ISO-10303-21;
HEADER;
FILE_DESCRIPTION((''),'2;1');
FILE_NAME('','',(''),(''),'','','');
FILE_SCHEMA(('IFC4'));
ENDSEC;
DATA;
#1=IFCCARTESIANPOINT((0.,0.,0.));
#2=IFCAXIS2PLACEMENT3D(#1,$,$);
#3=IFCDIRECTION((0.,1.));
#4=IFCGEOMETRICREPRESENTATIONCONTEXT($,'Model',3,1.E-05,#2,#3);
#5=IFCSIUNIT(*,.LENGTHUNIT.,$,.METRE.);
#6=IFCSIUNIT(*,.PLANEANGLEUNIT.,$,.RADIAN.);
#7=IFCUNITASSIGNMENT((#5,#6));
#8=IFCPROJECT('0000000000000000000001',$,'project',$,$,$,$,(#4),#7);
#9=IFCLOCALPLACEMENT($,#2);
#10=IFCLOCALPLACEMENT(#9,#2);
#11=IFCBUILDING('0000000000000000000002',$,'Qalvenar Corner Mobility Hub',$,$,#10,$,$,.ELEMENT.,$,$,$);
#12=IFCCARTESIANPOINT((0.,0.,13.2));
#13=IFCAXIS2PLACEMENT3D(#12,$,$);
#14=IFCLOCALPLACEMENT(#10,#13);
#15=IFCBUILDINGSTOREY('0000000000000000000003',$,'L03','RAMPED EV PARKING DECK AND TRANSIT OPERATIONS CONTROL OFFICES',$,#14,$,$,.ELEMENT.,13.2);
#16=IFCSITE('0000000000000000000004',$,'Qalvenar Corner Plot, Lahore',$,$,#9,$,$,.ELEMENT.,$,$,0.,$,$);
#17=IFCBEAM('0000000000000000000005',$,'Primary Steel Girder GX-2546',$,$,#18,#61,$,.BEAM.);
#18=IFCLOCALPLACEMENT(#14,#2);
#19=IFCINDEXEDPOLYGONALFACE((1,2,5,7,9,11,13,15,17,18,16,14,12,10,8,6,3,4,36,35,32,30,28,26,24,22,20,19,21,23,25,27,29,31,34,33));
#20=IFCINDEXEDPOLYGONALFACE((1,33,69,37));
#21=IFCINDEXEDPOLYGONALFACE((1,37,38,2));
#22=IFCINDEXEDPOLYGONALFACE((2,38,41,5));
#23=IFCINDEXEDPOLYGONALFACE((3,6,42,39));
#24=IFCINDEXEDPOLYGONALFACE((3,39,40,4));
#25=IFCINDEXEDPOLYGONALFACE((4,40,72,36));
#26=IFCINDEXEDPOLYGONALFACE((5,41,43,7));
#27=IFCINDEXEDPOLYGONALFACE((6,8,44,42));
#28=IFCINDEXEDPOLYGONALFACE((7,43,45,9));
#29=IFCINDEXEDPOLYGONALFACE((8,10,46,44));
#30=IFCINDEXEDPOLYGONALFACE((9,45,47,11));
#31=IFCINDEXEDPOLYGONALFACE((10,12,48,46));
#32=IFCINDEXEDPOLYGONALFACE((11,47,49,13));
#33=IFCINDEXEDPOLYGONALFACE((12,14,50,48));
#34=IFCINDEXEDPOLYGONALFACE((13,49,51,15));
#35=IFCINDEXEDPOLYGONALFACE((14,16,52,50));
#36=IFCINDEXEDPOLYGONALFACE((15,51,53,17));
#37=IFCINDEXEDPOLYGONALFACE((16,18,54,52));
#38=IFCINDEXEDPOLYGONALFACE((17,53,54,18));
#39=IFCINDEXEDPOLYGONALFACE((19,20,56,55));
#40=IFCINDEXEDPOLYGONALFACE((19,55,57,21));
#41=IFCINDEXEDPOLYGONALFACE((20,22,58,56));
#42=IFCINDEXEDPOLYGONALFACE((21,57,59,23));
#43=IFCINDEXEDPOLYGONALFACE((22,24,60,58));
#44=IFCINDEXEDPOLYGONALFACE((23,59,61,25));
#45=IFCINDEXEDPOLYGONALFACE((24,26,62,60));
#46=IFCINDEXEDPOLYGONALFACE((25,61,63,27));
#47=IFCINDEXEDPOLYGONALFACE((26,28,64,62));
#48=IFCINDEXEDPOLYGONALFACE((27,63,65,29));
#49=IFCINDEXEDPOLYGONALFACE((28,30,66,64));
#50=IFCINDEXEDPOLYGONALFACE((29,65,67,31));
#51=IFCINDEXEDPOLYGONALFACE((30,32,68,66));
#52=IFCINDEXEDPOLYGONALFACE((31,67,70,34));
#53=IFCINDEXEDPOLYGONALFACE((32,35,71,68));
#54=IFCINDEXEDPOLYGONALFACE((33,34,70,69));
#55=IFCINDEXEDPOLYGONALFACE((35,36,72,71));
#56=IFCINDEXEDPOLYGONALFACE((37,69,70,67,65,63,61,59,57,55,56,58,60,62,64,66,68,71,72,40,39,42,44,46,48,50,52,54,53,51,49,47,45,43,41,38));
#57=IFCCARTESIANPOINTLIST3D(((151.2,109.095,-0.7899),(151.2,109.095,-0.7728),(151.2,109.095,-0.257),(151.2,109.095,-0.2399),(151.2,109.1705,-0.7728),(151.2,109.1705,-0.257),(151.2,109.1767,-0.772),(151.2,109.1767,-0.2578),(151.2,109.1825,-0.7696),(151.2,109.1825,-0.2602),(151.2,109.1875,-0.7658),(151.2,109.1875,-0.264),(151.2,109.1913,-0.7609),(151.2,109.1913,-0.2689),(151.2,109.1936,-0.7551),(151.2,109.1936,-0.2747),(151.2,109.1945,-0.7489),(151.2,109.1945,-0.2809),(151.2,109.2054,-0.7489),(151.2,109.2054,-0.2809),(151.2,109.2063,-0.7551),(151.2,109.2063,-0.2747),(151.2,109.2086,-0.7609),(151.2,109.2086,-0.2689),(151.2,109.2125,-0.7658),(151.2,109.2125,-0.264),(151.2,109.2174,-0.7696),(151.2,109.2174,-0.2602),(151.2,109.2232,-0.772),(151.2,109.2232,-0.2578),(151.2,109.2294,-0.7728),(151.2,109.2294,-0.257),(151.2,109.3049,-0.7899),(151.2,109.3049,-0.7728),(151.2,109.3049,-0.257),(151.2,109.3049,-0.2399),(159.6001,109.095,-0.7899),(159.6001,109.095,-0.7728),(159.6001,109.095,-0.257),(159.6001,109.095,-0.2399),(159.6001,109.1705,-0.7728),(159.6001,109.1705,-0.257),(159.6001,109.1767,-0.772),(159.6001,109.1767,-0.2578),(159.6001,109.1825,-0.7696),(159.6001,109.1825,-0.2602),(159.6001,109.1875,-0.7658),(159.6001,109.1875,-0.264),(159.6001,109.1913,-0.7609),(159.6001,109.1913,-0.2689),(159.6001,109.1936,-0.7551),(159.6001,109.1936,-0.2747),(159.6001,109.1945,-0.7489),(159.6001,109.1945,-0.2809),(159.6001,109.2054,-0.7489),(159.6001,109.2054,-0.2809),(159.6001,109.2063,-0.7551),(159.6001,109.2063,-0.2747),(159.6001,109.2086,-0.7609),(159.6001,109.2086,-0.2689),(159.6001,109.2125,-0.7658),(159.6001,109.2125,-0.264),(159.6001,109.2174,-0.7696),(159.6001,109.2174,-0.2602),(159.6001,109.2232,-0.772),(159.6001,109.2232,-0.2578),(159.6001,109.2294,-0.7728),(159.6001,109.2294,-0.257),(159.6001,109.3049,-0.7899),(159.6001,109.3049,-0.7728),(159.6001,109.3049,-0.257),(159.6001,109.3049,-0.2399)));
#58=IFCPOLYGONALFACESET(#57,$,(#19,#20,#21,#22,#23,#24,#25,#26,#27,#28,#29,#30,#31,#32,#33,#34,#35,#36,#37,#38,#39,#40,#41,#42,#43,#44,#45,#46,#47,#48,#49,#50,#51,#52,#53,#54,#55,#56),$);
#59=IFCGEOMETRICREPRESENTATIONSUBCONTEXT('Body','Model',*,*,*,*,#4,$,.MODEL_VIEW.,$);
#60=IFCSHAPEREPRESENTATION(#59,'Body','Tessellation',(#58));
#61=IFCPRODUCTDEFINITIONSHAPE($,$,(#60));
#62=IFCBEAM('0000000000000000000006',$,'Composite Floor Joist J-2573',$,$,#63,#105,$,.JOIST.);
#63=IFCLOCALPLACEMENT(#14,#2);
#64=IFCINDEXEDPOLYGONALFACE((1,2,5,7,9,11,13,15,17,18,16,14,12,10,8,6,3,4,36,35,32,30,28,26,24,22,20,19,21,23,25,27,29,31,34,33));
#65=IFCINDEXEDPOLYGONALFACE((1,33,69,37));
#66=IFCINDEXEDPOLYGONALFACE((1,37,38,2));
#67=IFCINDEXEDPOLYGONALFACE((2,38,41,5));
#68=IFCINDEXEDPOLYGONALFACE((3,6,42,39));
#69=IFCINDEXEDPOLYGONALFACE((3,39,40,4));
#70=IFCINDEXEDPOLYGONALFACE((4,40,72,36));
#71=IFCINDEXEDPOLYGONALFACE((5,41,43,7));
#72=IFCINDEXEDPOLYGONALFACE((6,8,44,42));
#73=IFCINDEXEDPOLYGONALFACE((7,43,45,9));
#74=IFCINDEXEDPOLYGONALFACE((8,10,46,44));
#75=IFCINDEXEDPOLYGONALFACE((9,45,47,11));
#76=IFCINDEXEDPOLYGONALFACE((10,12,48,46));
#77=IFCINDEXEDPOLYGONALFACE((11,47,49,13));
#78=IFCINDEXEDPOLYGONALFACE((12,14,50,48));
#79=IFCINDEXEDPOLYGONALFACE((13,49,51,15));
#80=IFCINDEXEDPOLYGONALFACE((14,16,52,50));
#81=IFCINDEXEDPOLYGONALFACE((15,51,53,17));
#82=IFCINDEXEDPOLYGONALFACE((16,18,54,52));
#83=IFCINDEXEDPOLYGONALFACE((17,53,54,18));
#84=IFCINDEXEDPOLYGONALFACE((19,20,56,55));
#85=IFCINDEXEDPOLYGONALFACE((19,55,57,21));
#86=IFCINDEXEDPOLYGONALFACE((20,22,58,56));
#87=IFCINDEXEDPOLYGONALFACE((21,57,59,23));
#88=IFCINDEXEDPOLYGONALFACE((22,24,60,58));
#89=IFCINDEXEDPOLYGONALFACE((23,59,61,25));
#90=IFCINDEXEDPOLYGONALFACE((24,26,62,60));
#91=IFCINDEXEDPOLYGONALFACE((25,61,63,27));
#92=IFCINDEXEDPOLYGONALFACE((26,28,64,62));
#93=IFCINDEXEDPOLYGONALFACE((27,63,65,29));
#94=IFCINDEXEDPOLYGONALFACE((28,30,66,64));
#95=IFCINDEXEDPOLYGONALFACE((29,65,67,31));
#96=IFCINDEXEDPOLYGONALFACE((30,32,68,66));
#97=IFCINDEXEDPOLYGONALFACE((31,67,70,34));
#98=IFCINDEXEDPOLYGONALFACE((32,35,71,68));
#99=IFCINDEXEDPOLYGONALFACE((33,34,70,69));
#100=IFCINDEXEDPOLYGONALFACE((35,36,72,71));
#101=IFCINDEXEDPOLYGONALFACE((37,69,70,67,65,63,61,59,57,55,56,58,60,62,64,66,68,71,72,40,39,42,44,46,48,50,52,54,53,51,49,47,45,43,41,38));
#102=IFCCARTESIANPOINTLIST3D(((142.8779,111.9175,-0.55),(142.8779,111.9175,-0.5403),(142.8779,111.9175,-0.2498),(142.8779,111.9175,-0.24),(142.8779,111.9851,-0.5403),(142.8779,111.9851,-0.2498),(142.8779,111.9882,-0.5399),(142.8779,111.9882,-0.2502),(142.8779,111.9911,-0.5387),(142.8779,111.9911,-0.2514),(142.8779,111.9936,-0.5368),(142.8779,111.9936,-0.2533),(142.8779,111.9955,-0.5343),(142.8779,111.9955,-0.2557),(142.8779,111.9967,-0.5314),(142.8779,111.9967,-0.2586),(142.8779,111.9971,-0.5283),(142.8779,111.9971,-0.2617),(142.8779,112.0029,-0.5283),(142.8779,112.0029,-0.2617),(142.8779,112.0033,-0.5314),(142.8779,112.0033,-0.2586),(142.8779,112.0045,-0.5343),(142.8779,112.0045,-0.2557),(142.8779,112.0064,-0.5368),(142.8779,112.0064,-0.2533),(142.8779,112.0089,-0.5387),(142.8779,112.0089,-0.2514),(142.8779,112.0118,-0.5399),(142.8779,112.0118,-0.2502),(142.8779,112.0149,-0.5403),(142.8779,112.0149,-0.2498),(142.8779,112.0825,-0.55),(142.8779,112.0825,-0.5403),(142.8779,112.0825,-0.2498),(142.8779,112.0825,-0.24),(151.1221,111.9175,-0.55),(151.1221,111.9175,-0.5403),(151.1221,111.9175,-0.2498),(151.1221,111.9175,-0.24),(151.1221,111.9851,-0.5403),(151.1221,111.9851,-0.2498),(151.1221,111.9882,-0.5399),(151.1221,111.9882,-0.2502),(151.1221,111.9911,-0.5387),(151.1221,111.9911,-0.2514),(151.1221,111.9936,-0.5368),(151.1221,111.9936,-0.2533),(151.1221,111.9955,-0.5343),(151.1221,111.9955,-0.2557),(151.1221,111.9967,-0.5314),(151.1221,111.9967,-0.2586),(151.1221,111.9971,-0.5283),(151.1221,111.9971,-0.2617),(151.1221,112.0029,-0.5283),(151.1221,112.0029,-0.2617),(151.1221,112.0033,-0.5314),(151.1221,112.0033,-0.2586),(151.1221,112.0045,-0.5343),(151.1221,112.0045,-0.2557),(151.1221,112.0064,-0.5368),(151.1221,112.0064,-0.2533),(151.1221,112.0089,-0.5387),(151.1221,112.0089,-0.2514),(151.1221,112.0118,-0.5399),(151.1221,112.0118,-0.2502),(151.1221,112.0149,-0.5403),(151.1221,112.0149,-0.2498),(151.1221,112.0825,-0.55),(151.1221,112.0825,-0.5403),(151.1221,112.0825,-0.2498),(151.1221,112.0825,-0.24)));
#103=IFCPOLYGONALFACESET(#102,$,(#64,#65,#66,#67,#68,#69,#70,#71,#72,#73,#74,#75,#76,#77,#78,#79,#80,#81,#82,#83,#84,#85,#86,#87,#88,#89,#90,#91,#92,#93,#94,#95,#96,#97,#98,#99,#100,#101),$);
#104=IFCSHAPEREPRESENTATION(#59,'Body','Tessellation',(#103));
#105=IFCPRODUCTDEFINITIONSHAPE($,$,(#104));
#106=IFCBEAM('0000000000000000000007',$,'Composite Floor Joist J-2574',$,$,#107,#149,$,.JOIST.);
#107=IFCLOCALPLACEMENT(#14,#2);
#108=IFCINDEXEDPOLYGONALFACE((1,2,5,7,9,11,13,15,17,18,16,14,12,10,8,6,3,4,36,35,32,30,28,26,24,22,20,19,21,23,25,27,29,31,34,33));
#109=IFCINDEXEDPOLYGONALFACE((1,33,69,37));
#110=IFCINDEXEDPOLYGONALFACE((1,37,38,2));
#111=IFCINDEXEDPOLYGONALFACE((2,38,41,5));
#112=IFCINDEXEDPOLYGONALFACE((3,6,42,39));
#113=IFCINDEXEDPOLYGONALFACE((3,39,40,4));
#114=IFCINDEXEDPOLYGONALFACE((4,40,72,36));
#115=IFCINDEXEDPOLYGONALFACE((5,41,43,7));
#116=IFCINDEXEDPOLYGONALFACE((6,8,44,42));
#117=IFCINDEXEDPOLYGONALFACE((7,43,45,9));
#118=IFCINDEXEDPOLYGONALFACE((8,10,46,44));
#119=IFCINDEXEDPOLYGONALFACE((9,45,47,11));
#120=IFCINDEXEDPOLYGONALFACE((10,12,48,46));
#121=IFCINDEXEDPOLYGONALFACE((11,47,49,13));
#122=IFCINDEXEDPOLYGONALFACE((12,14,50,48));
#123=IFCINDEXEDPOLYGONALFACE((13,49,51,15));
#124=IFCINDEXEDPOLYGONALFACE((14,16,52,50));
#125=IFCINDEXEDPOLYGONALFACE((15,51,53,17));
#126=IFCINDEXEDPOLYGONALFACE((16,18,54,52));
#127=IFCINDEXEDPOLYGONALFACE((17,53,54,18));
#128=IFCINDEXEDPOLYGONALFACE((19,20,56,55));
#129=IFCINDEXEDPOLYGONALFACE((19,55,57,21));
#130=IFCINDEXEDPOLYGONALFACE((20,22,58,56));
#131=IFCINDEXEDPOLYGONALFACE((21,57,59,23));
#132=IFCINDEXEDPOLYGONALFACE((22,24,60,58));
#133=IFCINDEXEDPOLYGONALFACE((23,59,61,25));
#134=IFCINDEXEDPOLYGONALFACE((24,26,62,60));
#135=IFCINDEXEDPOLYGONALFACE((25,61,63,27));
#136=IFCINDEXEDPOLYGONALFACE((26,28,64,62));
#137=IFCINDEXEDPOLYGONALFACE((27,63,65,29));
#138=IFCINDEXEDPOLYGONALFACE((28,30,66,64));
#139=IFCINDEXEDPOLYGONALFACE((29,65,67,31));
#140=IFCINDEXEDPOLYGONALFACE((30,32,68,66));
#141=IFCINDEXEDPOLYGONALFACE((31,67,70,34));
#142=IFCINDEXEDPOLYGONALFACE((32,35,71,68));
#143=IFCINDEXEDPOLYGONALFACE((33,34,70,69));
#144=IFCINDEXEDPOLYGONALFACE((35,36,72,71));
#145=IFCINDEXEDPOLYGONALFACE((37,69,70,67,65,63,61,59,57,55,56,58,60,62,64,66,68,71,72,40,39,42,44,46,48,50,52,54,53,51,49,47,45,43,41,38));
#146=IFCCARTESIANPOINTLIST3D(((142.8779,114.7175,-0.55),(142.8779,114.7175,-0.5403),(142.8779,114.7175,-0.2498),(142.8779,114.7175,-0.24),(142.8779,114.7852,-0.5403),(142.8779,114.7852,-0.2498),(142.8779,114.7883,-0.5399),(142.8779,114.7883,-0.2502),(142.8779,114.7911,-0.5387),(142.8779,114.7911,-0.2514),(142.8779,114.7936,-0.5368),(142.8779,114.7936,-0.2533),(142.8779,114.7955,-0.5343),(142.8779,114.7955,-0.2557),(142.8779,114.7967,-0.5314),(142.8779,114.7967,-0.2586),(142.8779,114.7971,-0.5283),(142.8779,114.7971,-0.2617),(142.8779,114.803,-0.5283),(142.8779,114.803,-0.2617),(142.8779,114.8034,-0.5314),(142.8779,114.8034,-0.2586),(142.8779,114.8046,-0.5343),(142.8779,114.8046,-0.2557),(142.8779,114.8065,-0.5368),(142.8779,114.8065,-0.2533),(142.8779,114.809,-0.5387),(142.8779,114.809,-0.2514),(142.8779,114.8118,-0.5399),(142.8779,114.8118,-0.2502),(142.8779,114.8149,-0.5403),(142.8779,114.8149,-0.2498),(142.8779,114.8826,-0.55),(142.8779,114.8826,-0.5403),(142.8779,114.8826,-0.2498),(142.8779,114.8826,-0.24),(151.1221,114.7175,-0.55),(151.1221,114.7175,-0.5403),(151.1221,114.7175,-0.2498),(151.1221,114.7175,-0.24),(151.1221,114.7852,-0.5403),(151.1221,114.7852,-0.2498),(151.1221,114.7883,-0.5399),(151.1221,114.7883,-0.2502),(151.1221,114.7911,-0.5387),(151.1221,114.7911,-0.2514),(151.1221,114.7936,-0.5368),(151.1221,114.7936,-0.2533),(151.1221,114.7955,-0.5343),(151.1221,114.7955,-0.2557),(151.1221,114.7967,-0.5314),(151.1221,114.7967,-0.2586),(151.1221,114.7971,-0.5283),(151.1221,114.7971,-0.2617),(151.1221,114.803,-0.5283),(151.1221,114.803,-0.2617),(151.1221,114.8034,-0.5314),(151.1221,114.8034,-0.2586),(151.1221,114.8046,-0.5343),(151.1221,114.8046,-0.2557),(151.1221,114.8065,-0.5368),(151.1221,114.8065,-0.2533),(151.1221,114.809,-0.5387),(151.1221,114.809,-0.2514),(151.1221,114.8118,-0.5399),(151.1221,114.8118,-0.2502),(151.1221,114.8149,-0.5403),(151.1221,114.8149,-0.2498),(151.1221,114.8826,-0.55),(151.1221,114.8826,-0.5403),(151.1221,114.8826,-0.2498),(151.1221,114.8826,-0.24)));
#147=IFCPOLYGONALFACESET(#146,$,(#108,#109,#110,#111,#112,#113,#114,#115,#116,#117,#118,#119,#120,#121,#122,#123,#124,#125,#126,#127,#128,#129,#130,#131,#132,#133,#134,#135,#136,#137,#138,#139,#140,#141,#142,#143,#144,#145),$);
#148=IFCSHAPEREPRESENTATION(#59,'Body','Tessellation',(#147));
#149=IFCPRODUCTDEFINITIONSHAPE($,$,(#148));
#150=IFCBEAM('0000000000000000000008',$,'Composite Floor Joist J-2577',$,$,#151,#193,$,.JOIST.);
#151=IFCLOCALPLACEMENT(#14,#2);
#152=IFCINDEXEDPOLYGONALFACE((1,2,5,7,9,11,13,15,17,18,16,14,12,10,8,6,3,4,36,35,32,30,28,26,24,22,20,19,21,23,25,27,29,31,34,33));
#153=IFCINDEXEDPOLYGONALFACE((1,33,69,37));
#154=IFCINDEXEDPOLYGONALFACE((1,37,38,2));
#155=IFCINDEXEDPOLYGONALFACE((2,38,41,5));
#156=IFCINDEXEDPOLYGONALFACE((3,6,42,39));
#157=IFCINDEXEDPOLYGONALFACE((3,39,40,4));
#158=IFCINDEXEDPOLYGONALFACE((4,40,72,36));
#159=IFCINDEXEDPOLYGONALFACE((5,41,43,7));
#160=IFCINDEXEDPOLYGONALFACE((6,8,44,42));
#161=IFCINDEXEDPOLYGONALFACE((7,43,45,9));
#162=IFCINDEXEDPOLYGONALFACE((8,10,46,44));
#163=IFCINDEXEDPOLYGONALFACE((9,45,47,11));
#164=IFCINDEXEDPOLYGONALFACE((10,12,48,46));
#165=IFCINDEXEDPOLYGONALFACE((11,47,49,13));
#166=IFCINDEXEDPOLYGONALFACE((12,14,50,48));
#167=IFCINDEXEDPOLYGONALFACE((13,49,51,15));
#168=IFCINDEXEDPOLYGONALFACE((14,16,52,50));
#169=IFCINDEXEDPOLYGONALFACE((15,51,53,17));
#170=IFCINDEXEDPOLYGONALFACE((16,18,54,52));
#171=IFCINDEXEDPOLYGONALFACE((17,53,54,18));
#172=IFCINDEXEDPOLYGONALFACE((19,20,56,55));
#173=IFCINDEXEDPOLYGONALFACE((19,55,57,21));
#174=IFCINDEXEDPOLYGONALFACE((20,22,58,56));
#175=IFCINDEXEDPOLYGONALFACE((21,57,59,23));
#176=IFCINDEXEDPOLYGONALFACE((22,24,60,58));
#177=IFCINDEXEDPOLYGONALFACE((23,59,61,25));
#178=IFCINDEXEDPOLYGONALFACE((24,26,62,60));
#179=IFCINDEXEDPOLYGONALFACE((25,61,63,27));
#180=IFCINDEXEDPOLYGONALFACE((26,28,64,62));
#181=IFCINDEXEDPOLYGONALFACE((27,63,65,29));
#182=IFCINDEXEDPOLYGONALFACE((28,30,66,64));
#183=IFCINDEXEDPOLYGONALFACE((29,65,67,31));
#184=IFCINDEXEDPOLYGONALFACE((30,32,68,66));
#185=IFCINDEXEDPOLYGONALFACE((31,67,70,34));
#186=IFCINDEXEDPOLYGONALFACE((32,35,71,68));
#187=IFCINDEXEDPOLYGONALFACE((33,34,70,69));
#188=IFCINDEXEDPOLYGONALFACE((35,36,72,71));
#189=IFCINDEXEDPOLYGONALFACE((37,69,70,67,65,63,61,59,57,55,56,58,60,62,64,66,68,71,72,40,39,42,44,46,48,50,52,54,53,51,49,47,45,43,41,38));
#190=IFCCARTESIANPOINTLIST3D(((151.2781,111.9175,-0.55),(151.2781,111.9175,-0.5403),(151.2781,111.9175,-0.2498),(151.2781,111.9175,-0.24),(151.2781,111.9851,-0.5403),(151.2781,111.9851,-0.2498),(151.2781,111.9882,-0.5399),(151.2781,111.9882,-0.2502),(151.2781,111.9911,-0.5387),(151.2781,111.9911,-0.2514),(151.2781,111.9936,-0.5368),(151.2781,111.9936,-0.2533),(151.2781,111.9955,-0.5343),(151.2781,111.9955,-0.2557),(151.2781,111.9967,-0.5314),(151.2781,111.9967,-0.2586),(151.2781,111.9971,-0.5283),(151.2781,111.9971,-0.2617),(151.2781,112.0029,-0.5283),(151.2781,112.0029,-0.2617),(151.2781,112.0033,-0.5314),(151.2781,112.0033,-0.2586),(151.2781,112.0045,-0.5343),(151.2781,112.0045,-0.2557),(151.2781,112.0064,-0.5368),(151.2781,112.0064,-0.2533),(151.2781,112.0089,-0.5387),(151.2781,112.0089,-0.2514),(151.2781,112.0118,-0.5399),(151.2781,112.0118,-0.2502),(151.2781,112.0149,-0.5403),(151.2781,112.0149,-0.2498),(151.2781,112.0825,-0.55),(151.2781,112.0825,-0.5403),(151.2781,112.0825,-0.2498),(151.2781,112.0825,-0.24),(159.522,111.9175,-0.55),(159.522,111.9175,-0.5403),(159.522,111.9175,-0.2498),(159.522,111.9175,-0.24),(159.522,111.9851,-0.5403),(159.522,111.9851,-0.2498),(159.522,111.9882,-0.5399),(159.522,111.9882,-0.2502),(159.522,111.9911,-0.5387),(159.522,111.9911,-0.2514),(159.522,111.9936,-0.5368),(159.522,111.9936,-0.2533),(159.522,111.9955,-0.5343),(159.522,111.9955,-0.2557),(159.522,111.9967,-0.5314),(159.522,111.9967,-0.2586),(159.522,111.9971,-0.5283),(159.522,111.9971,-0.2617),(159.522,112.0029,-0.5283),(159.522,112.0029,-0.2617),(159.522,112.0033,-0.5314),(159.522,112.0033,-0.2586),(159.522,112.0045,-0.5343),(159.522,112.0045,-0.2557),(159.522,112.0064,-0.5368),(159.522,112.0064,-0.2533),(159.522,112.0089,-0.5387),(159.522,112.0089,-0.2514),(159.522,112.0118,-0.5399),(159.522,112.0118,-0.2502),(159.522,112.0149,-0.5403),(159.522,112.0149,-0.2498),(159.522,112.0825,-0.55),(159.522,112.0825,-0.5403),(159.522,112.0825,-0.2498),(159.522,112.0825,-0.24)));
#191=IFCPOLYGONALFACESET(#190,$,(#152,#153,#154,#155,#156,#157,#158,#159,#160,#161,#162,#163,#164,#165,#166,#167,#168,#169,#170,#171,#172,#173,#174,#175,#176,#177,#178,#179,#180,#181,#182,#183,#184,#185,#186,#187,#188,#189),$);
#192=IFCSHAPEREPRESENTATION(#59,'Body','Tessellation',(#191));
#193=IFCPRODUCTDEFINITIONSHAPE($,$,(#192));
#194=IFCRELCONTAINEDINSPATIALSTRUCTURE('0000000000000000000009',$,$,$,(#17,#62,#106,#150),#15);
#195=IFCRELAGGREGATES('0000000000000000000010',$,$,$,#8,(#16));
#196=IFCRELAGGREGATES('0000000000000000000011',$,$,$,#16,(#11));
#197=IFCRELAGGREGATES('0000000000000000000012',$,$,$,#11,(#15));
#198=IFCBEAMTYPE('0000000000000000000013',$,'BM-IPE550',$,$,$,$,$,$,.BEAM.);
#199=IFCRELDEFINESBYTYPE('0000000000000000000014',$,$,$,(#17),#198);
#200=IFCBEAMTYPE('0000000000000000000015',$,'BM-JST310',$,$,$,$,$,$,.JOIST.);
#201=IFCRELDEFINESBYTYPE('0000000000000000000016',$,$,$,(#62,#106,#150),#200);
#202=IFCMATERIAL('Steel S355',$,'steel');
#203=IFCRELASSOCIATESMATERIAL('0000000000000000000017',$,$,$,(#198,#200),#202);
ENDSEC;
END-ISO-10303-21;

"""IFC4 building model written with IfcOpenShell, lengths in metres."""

from ifc_helpers import new_model, si_unit, direction, frame, origin, origin_2d, place, context, subcontext, project, spatial, i_section, extrude, material, material_profile, profile_set, type_object, element, save


model = new_model("IFC4")

# Units and contexts
model_context = context("Model", 3, precision=1e-05, world=origin(), true_north=direction((0.0, 1.0)))
body_context = subcontext(model_context, "Body", "Model", "MODEL_VIEW")
ifc_project = project(units=[si_unit("LENGTHUNIT", "METRE"), si_unit("PLANEANGLEUNIT", "RADIAN")], contexts=[model_context])

# Site, building, storey
site_placement = place(None, origin())
site = spatial("IfcSite", under=ifc_project, at=site_placement, Name="Qalvenar Corner Plot, Lahore", CompositionType="ELEMENT", RefElevation=0.0)
building_placement = place(site_placement, origin())
building = spatial("IfcBuilding", under=site, at=building_placement, Name="Qalvenar Corner Mobility Hub", CompositionType="ELEMENT")
storey_placement = place(building_placement, frame((0.0, 0.0, 13.2)))
storey = spatial("IfcBuildingStorey", under=building, at=storey_placement, Name="L03", Description="RAMPED EV PARKING DECK AND TRANSIT OPERATIONS CONTROL OFFICES", CompositionType="ELEMENT", Elevation=13.2)

# Shared definitions
ifc_material_1 = material(Name="Steel S355", Category="steel")

# Beams
ifc_material_profile_1 = material_profile(ifc_material_1, i_section(OverallWidth=0.21, OverallDepth=0.55, WebThickness=0.011, FlangeThickness=0.0171, FilletRadius=0.0239, at=origin_2d()), Name="IPE550")
ifc_profile_set_1 = profile_set([ifc_material_profile_1], Name="Steel S355")
beam_type_1 = type_object("IfcBeamType", Name="BM-IPE550", PredefinedType="BEAM", material=ifc_profile_set_1)
beam_1_placement = place(storey_placement, frame((151.2, 109.2, -0.5149), z_axis=(1.0, 0.0, 0.0), x_axis=(0.0, 1.0, 0.0)))
element("IfcBeam", 1, at=beam_1_placement, inside=storey, type_object=beam_type_1, Name="Primary Steel Girder GX-2546", PredefinedType="BEAM", context=body_context, shape_type="SweptSolid", body=[
    extrude(i_section(OverallWidth=0.21, OverallDepth=0.55, WebThickness=0.011, FlangeThickness=0.0171, FilletRadius=0.0239, at=origin_2d()), origin(), (0.0, 0.0, 1.0), 8.4001),
])
ifc_material_profile_2 = material_profile(ifc_material_1, i_section(OverallWidth=0.165, OverallDepth=0.3101, WebThickness=0.0059, FlangeThickness=0.0098, FilletRadius=0.012, at=origin_2d()), Name="W310x38.7")
ifc_profile_set_2 = profile_set([ifc_material_profile_2], Name="Steel S355")
beam_type_2 = type_object("IfcBeamType", Name="BM-JST310", PredefinedType="JOIST", material=ifc_profile_set_2)
for number, where, z_axis, x_axis, name in (
    (2, (142.8779, 112.0, -0.395), (1.0, 0.0, 0.0), (0.0, 1.0, 0.0), "Composite Floor Joist J-2573"),
    (3, (142.8779, 114.8, -0.395), (1.0, 0.0, 0.0), (0.0, 1.0, 0.0), "Composite Floor Joist J-2574"),
):
    element("IfcBeam", number, at=place(storey_placement, frame(where, z_axis=z_axis, x_axis=x_axis)), inside=storey, type_object=beam_type_2, Name=name, PredefinedType="JOIST", context=body_context, shape_type="SweptSolid", body=[
        extrude(i_section(OverallWidth=0.165, OverallDepth=0.3101, WebThickness=0.0059, FlangeThickness=0.0098, FilletRadius=0.012, at=origin_2d()), origin(), (0.0, 0.0, 1.0), 8.2441),
    ])
for number, where, z_axis, x_axis, name in (
    (4, (151.2781, 112.0, -0.395), (1.0, 0.0, 0.0), (0.0, 1.0, 0.0), "Composite Floor Joist J-2577"),
):
    element("IfcBeam", number, at=place(storey_placement, frame(where, z_axis=z_axis, x_axis=x_axis)), inside=storey, type_object=beam_type_2, Name=name, PredefinedType="JOIST", context=body_context, shape_type="SweptSolid", body=[
        extrude(i_section(OverallWidth=0.165, OverallDepth=0.3101, WebThickness=0.0059, FlangeThickness=0.0098, FilletRadius=0.012, at=origin_2d()), origin(), (0.0, 0.0, 1.0), 8.2439),
    ])

save(model, "model.ifc")
